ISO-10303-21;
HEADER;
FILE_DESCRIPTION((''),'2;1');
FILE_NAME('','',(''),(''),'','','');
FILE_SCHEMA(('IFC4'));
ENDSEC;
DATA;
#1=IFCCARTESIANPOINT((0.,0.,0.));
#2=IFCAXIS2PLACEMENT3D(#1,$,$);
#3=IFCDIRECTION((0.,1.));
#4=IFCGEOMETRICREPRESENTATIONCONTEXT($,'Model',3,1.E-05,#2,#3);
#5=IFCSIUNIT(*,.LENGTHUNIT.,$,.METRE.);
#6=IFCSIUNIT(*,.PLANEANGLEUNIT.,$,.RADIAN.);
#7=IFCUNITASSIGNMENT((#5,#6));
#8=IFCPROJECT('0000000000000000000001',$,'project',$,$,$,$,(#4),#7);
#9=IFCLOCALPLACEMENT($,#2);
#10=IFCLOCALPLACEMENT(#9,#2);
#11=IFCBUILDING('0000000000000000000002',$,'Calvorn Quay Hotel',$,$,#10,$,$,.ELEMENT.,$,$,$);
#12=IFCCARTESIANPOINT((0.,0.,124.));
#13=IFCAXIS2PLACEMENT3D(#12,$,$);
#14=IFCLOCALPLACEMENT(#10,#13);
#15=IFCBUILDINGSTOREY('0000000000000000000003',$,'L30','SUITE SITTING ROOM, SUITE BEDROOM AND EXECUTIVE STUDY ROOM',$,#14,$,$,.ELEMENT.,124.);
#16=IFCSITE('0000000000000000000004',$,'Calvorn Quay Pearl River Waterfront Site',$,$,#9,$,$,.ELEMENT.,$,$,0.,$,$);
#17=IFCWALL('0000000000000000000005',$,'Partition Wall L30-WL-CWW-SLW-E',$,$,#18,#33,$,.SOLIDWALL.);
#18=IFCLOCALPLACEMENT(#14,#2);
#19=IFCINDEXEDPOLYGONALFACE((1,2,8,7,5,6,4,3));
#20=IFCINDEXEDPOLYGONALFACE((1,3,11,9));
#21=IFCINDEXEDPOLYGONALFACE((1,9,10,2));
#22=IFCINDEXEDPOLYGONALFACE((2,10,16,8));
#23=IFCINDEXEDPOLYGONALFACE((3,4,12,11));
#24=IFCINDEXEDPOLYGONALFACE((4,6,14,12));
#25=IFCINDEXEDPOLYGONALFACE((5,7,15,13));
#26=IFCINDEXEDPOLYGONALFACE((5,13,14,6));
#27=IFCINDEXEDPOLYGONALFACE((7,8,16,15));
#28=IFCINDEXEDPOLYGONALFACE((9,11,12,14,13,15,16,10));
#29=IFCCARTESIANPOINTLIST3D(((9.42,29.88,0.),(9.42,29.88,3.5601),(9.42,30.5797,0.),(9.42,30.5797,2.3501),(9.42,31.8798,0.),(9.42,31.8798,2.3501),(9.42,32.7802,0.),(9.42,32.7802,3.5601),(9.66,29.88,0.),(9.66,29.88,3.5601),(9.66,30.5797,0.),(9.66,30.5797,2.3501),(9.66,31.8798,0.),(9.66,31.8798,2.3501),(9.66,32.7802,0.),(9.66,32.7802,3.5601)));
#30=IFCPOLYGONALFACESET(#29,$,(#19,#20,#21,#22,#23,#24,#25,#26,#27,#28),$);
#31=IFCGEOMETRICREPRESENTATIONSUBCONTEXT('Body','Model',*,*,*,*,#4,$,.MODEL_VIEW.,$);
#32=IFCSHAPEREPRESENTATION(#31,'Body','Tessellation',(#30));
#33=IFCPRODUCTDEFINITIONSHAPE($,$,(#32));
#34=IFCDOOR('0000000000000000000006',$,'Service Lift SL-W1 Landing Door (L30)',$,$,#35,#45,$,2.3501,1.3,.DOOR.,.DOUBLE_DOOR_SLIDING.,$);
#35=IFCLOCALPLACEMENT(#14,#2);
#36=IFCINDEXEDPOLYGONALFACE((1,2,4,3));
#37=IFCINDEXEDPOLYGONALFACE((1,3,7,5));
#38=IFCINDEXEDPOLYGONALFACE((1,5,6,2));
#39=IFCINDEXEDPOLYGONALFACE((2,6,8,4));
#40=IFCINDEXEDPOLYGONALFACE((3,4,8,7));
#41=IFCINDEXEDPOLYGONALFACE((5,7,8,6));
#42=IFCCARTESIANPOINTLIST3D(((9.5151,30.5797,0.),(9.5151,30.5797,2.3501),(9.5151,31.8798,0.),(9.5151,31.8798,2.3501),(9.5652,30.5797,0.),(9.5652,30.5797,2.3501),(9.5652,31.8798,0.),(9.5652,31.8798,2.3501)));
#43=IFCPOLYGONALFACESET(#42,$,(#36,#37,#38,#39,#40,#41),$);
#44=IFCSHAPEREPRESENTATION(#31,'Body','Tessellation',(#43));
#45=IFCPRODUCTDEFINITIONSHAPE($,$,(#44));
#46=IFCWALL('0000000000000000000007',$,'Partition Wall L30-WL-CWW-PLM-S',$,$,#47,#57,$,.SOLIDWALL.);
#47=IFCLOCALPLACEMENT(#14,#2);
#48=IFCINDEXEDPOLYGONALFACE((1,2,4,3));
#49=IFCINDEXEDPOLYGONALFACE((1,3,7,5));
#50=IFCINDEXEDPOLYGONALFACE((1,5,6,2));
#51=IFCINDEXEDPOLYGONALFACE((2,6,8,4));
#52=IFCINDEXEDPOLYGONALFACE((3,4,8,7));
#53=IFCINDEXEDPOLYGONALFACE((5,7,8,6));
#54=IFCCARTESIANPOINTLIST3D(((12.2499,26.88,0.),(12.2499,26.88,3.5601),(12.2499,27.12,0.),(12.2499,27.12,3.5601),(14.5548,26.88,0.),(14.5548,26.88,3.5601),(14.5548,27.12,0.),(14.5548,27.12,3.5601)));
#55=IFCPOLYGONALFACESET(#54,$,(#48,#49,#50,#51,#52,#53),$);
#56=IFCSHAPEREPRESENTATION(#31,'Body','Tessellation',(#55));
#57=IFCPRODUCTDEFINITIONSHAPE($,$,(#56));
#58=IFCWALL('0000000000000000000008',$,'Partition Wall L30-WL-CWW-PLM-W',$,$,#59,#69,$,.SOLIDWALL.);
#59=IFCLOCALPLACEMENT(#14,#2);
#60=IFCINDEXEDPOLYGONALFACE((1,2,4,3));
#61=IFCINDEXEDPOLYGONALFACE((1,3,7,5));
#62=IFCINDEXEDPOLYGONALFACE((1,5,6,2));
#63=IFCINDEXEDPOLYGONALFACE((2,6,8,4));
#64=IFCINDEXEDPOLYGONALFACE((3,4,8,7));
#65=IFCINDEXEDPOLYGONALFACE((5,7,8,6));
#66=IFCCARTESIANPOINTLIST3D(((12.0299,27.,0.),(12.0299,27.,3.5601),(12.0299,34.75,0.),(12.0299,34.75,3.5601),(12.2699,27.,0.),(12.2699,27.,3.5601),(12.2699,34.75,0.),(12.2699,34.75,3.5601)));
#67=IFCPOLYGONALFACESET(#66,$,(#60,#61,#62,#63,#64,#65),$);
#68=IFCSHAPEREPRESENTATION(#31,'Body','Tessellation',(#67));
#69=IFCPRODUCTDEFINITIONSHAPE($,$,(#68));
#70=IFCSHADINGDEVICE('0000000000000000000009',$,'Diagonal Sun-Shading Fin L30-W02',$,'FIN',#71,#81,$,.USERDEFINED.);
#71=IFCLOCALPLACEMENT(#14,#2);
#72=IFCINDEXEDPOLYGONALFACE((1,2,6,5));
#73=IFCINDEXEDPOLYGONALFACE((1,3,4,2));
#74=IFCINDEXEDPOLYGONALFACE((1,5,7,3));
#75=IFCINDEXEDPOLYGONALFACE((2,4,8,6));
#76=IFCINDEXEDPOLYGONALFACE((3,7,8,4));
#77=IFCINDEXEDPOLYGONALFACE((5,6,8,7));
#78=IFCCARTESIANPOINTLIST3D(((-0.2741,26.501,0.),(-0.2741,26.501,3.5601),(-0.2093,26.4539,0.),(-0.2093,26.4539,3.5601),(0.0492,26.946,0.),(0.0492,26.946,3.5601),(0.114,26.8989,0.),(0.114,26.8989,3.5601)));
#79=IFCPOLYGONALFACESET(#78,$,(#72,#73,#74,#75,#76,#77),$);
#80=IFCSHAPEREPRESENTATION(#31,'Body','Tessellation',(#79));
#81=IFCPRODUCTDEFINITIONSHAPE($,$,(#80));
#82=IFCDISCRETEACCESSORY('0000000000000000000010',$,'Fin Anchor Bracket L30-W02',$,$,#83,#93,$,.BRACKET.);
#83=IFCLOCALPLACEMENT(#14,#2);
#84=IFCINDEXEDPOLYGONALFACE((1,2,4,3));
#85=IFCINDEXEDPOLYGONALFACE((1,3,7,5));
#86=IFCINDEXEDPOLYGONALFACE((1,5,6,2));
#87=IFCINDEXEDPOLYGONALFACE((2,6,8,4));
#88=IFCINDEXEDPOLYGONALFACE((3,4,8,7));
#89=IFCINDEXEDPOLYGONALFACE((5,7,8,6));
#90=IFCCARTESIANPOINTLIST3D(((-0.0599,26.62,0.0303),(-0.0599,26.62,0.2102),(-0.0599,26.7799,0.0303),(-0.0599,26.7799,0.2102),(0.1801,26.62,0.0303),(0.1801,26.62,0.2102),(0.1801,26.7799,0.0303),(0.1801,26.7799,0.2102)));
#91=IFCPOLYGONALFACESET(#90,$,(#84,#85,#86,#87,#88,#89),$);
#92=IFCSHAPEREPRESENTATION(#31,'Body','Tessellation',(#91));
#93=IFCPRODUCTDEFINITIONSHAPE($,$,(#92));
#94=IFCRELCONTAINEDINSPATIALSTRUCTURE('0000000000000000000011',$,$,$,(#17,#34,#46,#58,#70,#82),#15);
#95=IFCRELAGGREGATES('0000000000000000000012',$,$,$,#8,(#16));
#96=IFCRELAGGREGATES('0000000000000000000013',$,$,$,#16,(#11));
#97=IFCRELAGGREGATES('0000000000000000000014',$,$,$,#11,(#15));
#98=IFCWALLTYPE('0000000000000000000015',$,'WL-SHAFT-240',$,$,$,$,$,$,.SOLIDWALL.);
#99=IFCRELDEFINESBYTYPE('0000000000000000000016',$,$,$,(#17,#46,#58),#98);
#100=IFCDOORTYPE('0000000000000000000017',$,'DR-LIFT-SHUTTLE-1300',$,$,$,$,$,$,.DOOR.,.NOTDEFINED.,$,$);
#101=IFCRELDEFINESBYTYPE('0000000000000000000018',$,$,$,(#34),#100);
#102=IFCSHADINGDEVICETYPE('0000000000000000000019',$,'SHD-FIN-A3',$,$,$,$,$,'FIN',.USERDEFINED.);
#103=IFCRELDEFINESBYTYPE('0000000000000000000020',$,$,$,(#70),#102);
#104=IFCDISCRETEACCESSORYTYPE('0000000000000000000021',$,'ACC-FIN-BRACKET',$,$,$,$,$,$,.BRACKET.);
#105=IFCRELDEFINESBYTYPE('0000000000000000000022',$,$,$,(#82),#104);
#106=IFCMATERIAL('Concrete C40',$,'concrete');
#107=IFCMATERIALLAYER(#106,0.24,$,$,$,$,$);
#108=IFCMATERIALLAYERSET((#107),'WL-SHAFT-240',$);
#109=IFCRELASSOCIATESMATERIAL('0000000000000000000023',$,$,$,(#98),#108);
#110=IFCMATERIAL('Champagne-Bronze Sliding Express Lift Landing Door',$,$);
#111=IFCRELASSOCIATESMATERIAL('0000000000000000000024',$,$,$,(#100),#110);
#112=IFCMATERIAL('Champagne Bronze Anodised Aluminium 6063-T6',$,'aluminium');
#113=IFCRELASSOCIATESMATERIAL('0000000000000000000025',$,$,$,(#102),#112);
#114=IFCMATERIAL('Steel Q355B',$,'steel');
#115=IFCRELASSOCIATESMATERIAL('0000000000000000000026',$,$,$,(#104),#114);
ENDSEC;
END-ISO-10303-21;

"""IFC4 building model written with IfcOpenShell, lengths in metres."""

from ifc_helpers import new_model, si_unit, direction, frame, frame_2d, origin, origin_2d, place, context, subcontext, project, spatial, rectangle, extrude, material, layer, layer_set, type_object, element, fill, save


model = new_model("IFC4")

# Units and contexts
model_context = context("Model", 3, precision=1e-05, world=origin(), true_north=direction((0.0, 1.0)))
body_context = subcontext(model_context, "Body", "Model", "MODEL_VIEW")
ifc_project = project(units=[si_unit("LENGTHUNIT", "METRE"), si_unit("PLANEANGLEUNIT", "RADIAN")], contexts=[model_context])

# Site, building, storey
site_placement = place(None, origin())
site = spatial("IfcSite", under=ifc_project, at=site_placement, Name="Calvorn Quay Pearl River Waterfront Site", CompositionType="ELEMENT", RefElevation=0.0)
building_placement = place(site_placement, origin())
building = spatial("IfcBuilding", under=site, at=building_placement, Name="Calvorn Quay Hotel", CompositionType="ELEMENT")
storey_placement = place(building_placement, frame((0.0, 0.0, 124.0)))
storey = spatial("IfcBuildingStorey", under=building, at=storey_placement, Name="L30", Description="SUITE SITTING ROOM, SUITE BEDROOM AND EXECUTIVE STUDY ROOM", CompositionType="ELEMENT", Elevation=124.0)

# Shared definitions
ifc_material_1 = material(Name="Concrete C40", Category="concrete")
ifc_layer_1 = layer(ifc_material_1, 0.24)
ifc_layer_set_1 = layer_set([ifc_layer_1], Name="WL-SHAFT-240")
wall_type_1 = type_object("IfcWallType", Name="WL-SHAFT-240", PredefinedType="SOLIDWALL", material=ifc_layer_set_1)

# Wall, opening, door
ifc_material_2 = material(Name="Champagne-Bronze Sliding Express Lift Landing Door")
door_type_1 = type_object("IfcDoorType", Name="DR-LIFT-SHUTTLE-1300", OperationType="NOTDEFINED", PredefinedType="DOOR", material=ifc_material_2)
wall_1_placement = place(storey_placement, frame((9.54, 29.8799, 0.0), z_axis=(0.0, 0.0, 1.0), x_axis=(0.0, 1.0, 0.0)))
wall_1 = element("IfcWall", 1, at=wall_1_placement, inside=storey, type_object=wall_type_1, Name="Partition Wall L30-WL-CWW-SLW-E", PredefinedType="SOLIDWALL", context=body_context, shape_type="SweptSolid", body=[
    extrude(rectangle(XDim=2.9001, YDim=0.24, at=frame_2d((1.4502, 0.0))), origin(), (0.0, 0.0, 1.0), 3.5601),
])
opening_1_placement = place(wall_1_placement, frame((0.7, 0.0, 0.0)))
opening_1 = element("IfcOpeningElement", 2, at=opening_1_placement, cuts=wall_1, PredefinedType="OPENING", context=body_context, shape_type="SweptSolid", body=[
    extrude(rectangle(XDim=1.3, YDim=2.3501, at=frame_2d((0.6499, 1.175))), frame((0.0, 0.1299, 0.0), z_axis=(0.0, -1.0, 0.0), x_axis=(1.0, 0.0, 0.0)), (0.0, 0.0, 1.0), 0.26),
])
door_1_placement = place(opening_1_placement, origin())
door_1 = element("IfcDoor", 3, at=door_1_placement, inside=storey, type_object=door_type_1, Name="Service Lift SL-W1 Landing Door (L30)", OperationType="DOUBLE_DOOR_SLIDING", OverallHeight=2.3501, OverallWidth=1.3, PredefinedType="DOOR", context=body_context, shape_type="SweptSolid", body=[
    extrude(rectangle(XDim=1.3, YDim=2.3501, at=frame_2d((0.6499, 1.175))), frame((0.0, 0.0249, 0.0), z_axis=(0.0, -1.0, 0.0), x_axis=(1.0, 0.0, 0.0)), (0.0, 0.0, 1.0), 0.05),
])
fill(opening_1, door_1)

# Walls
wall_2_placement = place(storey_placement, frame((12.25, 27.0, 0.0), z_axis=(0.0, 0.0, 1.0), x_axis=(1.0, 0.0, 0.0)))
element("IfcWall", 4, at=wall_2_placement, inside=storey, type_object=wall_type_1, Name="Partition Wall L30-WL-CWW-PLM-S", PredefinedType="SOLIDWALL", context=body_context, shape_type="SweptSolid", body=[
    extrude(rectangle(XDim=2.3049, YDim=0.24, at=frame_2d((1.1523, 0.0))), origin(), (0.0, 0.0, 1.0), 3.5601),
])
wall_3_placement = place(storey_placement, frame((12.1499, 27.0, 0.0), z_axis=(0.0, 0.0, 1.0), x_axis=(0.0, 1.0, 0.0)))
element("IfcWall", 5, at=wall_3_placement, inside=storey, type_object=wall_type_1, Name="Partition Wall L30-WL-CWW-PLM-W", PredefinedType="SOLIDWALL", context=body_context, shape_type="SweptSolid", body=[
    extrude(rectangle(XDim=7.75, YDim=0.24, at=frame_2d((3.875, 0.0))), origin(), (0.0, 0.0, 1.0), 3.5601),
])

# Shading device
ifc_material_3 = material(Name="Champagne Bronze Anodised Aluminium 6063-T6", Category="aluminium")
shading_device_type = type_object("IfcShadingDeviceType", Name="SHD-FIN-A3", ElementType="FIN", PredefinedType="USERDEFINED", material=ifc_material_3)
shading_device_placement = place(storey_placement, frame((-0.0801, 26.7, 0.0), z_axis=(0.0, 0.0, 1.0), x_axis=(0.587785, 0.809017, 0.0)))
element("IfcShadingDevice", 6, at=shading_device_placement, inside=storey, type_object=shading_device_type, Name="Diagonal Sun-Shading Fin L30-W02", ObjectType="FIN", PredefinedType="USERDEFINED", context=body_context, shape_type="SweptSolid", body=[
    extrude(rectangle(XDim=0.55, YDim=0.0801, at=origin_2d()), origin(), (0.0, 0.0, 1.0), 3.5601),
])

# Discrete accessory
ifc_material_4 = material(Name="Steel Q355B", Category="steel")
discrete_accessory_type = type_object("IfcDiscreteAccessoryType", Name="ACC-FIN-BRACKET", PredefinedType="BRACKET", material=ifc_material_4)
discrete_accessory_placement = place(storey_placement, frame((0.0601, 26.7, 0.0303), z_axis=(0.0, 0.0, 1.0), x_axis=(1.0, 0.0, 0.0)))
element("IfcDiscreteAccessory", 7, at=discrete_accessory_placement, inside=storey, type_object=discrete_accessory_type, Name="Fin Anchor Bracket L30-W02", PredefinedType="BRACKET", context=body_context, shape_type="SweptSolid", body=[
    extrude(rectangle(XDim=0.24, YDim=0.1599, at=origin_2d()), origin(), (0.0, 0.0, 1.0), 0.1799),
])

save(model, "model.ifc")
